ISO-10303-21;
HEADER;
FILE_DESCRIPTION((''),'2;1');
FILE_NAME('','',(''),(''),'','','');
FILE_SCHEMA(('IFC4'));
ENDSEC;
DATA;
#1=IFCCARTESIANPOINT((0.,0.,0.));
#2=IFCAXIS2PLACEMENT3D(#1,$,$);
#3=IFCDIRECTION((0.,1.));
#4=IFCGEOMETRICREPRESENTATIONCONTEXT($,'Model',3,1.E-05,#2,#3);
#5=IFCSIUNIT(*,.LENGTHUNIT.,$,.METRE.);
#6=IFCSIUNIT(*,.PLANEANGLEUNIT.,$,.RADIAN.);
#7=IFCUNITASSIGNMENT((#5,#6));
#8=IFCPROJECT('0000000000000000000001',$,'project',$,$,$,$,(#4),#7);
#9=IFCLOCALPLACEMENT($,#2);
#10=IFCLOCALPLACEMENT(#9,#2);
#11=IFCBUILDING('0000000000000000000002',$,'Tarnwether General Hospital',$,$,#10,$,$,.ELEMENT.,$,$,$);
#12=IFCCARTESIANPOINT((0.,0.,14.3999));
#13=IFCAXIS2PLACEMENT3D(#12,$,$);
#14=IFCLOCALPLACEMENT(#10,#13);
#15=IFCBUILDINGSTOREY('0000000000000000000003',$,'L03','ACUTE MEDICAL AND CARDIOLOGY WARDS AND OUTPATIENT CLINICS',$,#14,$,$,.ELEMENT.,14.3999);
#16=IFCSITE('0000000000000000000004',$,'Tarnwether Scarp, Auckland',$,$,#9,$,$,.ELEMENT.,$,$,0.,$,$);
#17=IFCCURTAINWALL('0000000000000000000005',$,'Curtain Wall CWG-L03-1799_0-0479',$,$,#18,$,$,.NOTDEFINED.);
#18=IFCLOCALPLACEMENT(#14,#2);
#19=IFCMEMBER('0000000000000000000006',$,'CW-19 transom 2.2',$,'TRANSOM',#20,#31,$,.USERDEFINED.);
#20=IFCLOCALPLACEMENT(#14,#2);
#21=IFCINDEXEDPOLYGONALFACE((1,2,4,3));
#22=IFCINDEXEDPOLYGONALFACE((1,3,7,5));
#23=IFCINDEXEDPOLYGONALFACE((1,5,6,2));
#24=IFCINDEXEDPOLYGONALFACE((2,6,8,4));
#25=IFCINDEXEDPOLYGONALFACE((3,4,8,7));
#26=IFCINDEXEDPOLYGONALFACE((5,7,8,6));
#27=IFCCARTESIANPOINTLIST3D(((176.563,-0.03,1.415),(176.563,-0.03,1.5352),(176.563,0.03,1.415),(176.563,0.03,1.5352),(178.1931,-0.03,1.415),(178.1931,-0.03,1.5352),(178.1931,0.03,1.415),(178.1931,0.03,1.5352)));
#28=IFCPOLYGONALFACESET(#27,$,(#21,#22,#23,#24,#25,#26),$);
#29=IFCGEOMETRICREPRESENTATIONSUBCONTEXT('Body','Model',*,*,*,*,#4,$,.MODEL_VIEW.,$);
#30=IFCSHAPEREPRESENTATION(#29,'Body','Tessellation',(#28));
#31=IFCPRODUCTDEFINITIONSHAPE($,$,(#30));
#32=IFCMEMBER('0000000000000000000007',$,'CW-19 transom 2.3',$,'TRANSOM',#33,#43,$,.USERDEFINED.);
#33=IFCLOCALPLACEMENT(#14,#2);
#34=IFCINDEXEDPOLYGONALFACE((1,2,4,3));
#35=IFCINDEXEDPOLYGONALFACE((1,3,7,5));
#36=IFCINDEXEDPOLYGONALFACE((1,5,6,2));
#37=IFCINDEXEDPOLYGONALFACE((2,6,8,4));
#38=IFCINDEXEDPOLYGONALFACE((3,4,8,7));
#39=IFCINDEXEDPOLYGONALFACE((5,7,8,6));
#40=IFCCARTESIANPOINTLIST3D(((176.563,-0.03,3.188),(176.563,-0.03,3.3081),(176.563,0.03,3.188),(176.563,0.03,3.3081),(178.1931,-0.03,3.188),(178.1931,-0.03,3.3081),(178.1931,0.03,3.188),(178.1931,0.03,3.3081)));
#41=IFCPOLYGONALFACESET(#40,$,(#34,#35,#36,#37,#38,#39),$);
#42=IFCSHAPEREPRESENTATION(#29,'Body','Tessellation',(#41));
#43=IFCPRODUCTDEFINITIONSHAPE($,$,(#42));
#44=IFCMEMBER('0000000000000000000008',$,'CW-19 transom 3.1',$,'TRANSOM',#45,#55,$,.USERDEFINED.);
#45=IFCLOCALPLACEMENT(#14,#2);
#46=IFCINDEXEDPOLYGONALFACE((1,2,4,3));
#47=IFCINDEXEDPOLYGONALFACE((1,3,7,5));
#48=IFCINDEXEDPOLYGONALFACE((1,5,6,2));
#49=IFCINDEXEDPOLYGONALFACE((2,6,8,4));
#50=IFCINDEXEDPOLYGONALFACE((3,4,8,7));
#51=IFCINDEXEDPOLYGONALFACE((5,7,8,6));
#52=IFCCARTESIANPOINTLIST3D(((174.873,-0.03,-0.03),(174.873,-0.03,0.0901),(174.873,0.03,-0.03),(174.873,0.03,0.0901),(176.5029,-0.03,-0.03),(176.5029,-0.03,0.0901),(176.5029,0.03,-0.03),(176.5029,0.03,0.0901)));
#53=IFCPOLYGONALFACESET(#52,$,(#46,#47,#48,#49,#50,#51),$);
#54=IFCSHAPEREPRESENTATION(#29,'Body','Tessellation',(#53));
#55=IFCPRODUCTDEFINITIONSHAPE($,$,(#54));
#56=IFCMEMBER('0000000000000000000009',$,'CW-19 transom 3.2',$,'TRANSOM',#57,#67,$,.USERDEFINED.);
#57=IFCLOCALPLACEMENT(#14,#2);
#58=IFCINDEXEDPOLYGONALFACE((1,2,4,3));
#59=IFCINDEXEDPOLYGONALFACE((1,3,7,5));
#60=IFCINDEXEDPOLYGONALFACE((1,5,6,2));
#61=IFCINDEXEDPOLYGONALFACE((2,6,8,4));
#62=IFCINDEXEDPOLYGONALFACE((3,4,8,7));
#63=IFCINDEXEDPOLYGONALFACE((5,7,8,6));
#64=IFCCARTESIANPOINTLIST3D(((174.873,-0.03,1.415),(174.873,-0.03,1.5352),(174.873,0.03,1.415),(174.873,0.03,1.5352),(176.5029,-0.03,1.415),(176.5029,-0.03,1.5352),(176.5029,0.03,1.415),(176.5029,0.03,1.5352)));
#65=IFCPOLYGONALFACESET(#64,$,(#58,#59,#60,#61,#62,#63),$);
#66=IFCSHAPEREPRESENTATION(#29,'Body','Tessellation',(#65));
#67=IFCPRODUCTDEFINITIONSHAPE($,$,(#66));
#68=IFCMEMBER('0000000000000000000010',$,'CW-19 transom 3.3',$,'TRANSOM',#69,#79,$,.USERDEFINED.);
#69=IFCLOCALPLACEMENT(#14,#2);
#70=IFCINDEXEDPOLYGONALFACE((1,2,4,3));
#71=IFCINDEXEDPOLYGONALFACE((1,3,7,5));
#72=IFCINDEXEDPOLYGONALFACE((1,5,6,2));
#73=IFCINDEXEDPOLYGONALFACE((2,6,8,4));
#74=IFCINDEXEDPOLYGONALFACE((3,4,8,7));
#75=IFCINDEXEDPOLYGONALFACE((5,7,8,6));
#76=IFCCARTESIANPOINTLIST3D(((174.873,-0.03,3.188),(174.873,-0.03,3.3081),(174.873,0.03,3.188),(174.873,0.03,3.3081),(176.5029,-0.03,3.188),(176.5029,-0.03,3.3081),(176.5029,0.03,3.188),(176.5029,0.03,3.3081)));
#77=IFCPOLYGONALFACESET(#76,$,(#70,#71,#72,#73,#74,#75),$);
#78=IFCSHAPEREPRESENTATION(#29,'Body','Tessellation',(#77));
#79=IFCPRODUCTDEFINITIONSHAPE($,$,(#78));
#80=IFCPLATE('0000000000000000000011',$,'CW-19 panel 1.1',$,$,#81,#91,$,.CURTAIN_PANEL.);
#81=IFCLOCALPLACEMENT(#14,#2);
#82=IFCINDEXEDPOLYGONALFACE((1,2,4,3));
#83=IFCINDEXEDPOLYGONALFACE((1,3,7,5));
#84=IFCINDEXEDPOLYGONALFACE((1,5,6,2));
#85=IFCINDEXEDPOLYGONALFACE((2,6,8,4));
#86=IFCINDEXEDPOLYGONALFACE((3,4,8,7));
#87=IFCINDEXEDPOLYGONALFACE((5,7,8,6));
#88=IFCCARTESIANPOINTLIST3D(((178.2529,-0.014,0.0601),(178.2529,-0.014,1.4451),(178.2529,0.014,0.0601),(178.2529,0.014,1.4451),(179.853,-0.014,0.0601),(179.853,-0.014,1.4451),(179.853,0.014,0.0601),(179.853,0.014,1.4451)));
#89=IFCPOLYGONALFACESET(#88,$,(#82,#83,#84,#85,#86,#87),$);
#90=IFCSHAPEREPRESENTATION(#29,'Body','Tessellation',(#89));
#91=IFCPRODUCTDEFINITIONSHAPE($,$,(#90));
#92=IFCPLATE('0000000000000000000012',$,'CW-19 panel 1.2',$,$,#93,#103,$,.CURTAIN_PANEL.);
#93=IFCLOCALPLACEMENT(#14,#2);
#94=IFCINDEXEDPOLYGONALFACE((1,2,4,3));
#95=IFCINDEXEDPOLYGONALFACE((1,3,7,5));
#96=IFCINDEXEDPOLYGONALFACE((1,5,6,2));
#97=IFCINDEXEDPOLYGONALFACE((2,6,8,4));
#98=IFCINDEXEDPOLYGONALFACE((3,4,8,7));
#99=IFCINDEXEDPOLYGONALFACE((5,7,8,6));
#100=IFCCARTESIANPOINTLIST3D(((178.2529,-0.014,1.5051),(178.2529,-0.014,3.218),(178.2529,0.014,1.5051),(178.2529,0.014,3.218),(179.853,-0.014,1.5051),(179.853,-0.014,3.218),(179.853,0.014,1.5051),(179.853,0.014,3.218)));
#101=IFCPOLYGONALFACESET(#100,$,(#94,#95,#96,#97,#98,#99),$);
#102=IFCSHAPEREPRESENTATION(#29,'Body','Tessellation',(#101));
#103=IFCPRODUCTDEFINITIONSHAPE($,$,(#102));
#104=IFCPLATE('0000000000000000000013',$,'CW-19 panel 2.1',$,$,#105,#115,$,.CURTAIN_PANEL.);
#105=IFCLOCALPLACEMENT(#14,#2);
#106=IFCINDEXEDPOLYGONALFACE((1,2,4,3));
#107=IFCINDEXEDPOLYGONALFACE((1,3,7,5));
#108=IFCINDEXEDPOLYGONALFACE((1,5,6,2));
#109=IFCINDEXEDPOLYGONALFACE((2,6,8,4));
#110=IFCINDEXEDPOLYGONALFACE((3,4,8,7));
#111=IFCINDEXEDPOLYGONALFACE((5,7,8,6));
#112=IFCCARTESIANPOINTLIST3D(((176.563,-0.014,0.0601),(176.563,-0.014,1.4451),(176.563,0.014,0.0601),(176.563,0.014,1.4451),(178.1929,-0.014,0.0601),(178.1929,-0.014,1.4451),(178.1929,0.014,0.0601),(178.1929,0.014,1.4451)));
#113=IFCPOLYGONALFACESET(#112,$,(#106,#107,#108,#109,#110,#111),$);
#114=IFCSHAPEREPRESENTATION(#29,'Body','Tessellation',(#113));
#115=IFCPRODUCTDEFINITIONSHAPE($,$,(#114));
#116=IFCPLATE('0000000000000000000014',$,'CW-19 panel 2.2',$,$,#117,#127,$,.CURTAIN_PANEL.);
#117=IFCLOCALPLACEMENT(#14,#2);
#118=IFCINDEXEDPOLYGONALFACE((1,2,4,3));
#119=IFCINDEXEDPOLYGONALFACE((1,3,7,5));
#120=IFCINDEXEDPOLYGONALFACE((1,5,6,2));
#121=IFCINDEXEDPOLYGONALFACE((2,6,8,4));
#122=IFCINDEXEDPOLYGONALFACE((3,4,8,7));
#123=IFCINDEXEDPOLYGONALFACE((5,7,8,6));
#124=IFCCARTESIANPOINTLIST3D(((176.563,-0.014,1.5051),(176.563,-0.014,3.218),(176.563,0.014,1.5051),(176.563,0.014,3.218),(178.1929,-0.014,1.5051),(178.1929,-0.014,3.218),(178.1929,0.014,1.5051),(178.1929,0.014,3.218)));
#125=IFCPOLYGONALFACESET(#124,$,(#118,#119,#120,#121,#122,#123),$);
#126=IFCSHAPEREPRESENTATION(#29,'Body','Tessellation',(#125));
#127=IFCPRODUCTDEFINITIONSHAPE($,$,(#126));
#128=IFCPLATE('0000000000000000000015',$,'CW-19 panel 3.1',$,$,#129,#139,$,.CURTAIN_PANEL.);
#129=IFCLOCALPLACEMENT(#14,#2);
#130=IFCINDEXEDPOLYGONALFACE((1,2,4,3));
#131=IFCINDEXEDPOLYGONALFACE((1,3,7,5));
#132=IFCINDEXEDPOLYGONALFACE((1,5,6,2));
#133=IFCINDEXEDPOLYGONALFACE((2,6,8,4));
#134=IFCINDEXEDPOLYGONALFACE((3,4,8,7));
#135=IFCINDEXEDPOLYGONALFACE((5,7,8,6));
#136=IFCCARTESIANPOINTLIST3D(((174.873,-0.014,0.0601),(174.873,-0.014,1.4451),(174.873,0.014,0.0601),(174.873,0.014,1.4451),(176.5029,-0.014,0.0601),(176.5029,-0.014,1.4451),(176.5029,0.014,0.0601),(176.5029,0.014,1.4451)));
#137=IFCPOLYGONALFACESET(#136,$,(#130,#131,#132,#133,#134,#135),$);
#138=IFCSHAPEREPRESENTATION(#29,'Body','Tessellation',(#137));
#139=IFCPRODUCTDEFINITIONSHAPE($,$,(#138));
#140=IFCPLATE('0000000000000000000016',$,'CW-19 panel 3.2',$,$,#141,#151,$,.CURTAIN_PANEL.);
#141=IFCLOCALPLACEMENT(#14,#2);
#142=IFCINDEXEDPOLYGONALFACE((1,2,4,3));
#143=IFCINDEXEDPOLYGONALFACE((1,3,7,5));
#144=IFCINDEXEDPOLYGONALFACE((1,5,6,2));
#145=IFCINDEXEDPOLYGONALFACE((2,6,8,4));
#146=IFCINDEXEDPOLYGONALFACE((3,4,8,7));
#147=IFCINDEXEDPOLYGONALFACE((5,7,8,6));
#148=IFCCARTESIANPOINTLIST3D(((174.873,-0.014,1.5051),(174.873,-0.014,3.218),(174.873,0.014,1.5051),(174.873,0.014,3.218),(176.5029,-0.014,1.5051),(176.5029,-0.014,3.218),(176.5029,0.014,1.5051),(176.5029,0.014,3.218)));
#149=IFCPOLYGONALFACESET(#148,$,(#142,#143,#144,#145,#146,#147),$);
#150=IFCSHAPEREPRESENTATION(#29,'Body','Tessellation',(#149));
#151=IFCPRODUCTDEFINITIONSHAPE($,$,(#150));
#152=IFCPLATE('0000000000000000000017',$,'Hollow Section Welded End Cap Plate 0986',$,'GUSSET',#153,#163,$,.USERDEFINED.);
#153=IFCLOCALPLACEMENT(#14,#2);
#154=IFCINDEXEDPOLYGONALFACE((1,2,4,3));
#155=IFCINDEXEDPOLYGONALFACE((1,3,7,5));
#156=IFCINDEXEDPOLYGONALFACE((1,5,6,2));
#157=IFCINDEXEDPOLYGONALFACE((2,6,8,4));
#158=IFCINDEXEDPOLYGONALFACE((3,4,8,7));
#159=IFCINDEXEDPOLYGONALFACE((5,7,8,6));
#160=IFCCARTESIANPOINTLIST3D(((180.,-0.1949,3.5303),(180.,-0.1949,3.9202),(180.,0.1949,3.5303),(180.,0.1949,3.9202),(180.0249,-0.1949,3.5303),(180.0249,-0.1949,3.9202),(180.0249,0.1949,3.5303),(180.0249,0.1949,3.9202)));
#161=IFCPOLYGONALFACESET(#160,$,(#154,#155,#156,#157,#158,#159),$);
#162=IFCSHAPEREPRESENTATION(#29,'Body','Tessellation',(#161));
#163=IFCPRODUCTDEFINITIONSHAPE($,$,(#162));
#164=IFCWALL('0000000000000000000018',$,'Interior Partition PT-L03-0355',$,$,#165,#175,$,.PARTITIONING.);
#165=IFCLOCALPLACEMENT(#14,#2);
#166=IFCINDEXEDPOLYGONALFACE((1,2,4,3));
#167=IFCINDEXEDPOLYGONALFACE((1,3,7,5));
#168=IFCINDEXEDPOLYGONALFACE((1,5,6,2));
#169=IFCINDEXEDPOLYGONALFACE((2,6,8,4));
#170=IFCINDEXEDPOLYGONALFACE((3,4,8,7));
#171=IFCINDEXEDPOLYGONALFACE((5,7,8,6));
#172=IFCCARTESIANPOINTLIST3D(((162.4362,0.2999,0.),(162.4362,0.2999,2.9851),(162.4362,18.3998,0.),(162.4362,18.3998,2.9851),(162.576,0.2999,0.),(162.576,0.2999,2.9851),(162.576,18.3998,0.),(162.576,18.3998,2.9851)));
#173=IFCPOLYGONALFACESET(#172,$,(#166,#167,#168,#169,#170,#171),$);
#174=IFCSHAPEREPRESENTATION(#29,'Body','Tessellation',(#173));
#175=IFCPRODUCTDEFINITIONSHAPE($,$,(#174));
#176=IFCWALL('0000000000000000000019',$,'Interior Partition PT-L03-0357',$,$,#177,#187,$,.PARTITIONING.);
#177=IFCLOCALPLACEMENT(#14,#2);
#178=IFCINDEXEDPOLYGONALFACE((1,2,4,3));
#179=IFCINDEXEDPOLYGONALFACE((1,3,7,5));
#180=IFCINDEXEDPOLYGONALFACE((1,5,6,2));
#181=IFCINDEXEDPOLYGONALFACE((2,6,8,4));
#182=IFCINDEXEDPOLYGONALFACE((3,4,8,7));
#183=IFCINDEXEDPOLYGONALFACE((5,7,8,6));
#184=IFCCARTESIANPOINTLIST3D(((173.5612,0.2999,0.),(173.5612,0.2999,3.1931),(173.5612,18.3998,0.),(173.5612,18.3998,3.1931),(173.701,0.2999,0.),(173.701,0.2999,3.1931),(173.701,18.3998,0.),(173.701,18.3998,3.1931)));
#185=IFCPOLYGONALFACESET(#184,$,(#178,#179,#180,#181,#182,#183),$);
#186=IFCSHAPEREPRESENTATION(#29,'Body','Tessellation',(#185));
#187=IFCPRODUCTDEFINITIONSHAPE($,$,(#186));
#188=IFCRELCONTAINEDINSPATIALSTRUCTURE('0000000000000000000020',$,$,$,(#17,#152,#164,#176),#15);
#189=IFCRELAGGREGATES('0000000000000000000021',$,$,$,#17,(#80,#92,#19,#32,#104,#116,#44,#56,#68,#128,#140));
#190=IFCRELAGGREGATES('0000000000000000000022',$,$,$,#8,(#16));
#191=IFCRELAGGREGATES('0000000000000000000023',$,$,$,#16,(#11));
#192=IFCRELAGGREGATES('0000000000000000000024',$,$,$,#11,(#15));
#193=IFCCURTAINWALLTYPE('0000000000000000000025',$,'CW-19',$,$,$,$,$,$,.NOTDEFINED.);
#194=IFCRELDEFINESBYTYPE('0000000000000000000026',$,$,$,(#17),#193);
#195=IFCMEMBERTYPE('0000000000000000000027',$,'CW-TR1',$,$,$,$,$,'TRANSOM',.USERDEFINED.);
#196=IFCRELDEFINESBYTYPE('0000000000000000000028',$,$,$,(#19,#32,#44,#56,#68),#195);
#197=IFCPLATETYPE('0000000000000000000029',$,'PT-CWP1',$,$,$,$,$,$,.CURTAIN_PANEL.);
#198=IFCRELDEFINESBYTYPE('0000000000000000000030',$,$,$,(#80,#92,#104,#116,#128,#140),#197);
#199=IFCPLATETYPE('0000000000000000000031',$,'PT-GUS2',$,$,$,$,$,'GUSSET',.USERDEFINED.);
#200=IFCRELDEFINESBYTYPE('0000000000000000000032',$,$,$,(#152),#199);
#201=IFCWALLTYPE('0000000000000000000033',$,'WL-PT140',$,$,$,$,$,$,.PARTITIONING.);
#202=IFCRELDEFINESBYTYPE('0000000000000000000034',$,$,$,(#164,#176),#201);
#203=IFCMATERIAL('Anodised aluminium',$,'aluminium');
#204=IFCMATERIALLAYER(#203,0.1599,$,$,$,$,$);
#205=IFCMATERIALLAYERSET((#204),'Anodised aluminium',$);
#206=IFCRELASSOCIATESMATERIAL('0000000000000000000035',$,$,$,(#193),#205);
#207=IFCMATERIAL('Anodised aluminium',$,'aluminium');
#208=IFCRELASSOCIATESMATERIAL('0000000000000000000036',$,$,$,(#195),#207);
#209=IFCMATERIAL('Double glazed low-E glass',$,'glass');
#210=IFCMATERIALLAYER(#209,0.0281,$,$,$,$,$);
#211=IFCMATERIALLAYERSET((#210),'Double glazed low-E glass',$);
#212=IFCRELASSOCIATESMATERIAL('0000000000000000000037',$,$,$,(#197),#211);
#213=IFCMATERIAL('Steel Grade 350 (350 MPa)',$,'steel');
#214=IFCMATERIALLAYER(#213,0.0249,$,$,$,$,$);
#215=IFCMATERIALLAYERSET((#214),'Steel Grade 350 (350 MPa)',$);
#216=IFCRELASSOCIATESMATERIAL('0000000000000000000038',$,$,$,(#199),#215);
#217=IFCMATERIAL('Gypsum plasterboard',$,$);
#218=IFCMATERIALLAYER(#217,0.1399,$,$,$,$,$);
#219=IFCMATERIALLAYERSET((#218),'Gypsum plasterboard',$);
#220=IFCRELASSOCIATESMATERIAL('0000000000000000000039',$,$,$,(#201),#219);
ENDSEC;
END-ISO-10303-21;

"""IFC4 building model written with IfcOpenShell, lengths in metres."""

from ifc_helpers import new_model, si_unit, direction, frame, frame_2d, origin, origin_2d, place, context, subcontext, project, spatial, rectangle, extrude, material, layer, layer_set, material_profile, profile_set, type_object, element, aggregate, save


model = new_model("IFC4")

# Units and contexts
model_context = context("Model", 3, precision=1e-05, world=origin(), true_north=direction((0.0, 1.0)))
body_context = subcontext(model_context, "Body", "Model", "MODEL_VIEW")
ifc_project = project(units=[si_unit("LENGTHUNIT", "METRE"), si_unit("PLANEANGLEUNIT", "RADIAN")], contexts=[model_context])

# Site, building, storey
site_placement = place(None, origin())
site = spatial("IfcSite", under=ifc_project, at=site_placement, Name="Tarnwether Scarp, Auckland", CompositionType="ELEMENT", RefElevation=0.0)
building_placement = place(site_placement, origin())
building = spatial("IfcBuilding", under=site, at=building_placement, Name="Tarnwether General Hospital", CompositionType="ELEMENT")
storey_placement = place(building_placement, frame((0.0, 0.0, 14.3999)))
storey = spatial("IfcBuildingStorey", under=building, at=storey_placement, Name="L03", Description="ACUTE MEDICAL AND CARDIOLOGY WARDS AND OUTPATIENT CLINICS", CompositionType="ELEMENT", Elevation=14.3999)

# Curtain wall, members, plates
ifc_material_1 = material(Name="Anodised aluminium", Category="aluminium")
ifc_layer_1 = layer(ifc_material_1, 0.1599)
ifc_layer_set_1 = layer_set([ifc_layer_1], Name="Anodised aluminium")
curtain_wall_type = type_object("IfcCurtainWallType", Name="CW-19", PredefinedType="NOTDEFINED", material=ifc_layer_set_1)
curtain_wall_placement = place(storey_placement, origin())
curtain_wall = element("IfcCurtainWall", 1, at=curtain_wall_placement, inside=storey, type_object=curtain_wall_type, Name="Curtain Wall CWG-L03-1799_0-0479", PredefinedType="NOTDEFINED")
ifc_material_2 = material(Name="Anodised aluminium", Category="aluminium")
ifc_material_profile_1 = material_profile(ifc_material_2, rectangle(XDim=0.0601, YDim=0.1201, at=origin_2d()), Name="ALU-TRN-60x120")
ifc_profile_set_1 = profile_set([ifc_material_profile_1], Name="Anodised aluminium")
member_type_1 = type_object("IfcMemberType", Name="CW-TR1", ElementType="TRANSOM", PredefinedType="USERDEFINED", material=ifc_profile_set_1)
member_1_placement = place(storey_placement, frame((178.1931, 0.0, 1.4751), z_axis=(-1.0, 0.0, 0.0), x_axis=(0.0, -1.0, 0.0)))
member_1 = element("IfcMember", 2, at=member_1_placement, type_object=member_type_1, Name="CW-19 transom 2.2", ObjectType="TRANSOM", PredefinedType="USERDEFINED", context=body_context, shape_type="SweptSolid", body=[
    extrude(rectangle(XDim=0.0601, YDim=0.1201, at=origin_2d()), origin(), (0.0, 0.0, 1.0), 1.6301),
])
member_2_placement = place(storey_placement, frame((178.1931, 0.0, 3.248), z_axis=(-1.0, 0.0, 0.0), x_axis=(0.0, -1.0, 0.0)))
member_2 = element("IfcMember", 3, at=member_2_placement, type_object=member_type_1, Name="CW-19 transom 2.3", ObjectType="TRANSOM", PredefinedType="USERDEFINED", context=body_context, shape_type="SweptSolid", body=[
    extrude(rectangle(XDim=0.0601, YDim=0.1201, at=origin_2d()), origin(), (0.0, 0.0, 1.0), 1.6301),
])
member_3_placement = place(storey_placement, frame((176.5029, 0.0, 0.03), z_axis=(-1.0, 0.0, 0.0), x_axis=(0.0, -1.0, 0.0)))
member_3 = element("IfcMember", 4, at=member_3_placement, type_object=member_type_1, Name="CW-19 transom 3.1", ObjectType="TRANSOM", PredefinedType="USERDEFINED", context=body_context, shape_type="SweptSolid", body=[
    extrude(rectangle(XDim=0.0601, YDim=0.1201, at=origin_2d()), origin(), (0.0, 0.0, 1.0), 1.6299),
])
member_4_placement = place(storey_placement, frame((176.5029, 0.0, 1.4751), z_axis=(-1.0, 0.0, 0.0), x_axis=(0.0, -1.0, 0.0)))
member_4 = element("IfcMember", 5, at=member_4_placement, type_object=member_type_1, Name="CW-19 transom 3.2", ObjectType="TRANSOM", PredefinedType="USERDEFINED", context=body_context, shape_type="SweptSolid", body=[
    extrude(rectangle(XDim=0.0601, YDim=0.1201, at=origin_2d()), origin(), (0.0, 0.0, 1.0), 1.6299),
])
member_5_placement = place(storey_placement, frame((176.5029, 0.0, 3.248), z_axis=(-1.0, 0.0, 0.0), x_axis=(0.0, -1.0, 0.0)))
member_5 = element("IfcMember", 6, at=member_5_placement, type_object=member_type_1, Name="CW-19 transom 3.3", ObjectType="TRANSOM", PredefinedType="USERDEFINED", context=body_context, shape_type="SweptSolid", body=[
    extrude(rectangle(XDim=0.0601, YDim=0.1201, at=origin_2d()), origin(), (0.0, 0.0, 1.0), 1.6299),
])
ifc_material_3 = material(Name="Double glazed low-E glass", Category="glass")
ifc_layer_2 = layer(ifc_material_3, 0.0281)
ifc_layer_set_2 = layer_set([ifc_layer_2], Name="Double glazed low-E glass")
plate_type_1 = type_object("IfcPlateType", Name="PT-CWP1", PredefinedType="CURTAIN_PANEL", material=ifc_layer_set_2)
plate_1_placement = place(storey_placement, frame((179.053, 0.0, 0.0601), z_axis=(0.0, 0.0, 1.0), x_axis=(-1.0, 0.0, 0.0)))
plate_1 = element("IfcPlate", 7, at=plate_1_placement, type_object=plate_type_1, Name="CW-19 panel 1.1", PredefinedType="CURTAIN_PANEL", context=body_context, shape_type="SweptSolid", body=[
    extrude(rectangle(XDim=1.6001, YDim=0.0281, at=origin_2d()), origin(), (0.0, 0.0, 1.0), 1.385),
])
plate_2_placement = place(storey_placement, frame((179.053, 0.0, 1.5051), z_axis=(0.0, 0.0, 1.0), x_axis=(-1.0, 0.0, 0.0)))
plate_2 = element("IfcPlate", 8, at=plate_2_placement, type_object=plate_type_1, Name="CW-19 panel 1.2", PredefinedType="CURTAIN_PANEL", context=body_context, shape_type="SweptSolid", body=[
    extrude(rectangle(XDim=1.6001, YDim=0.0281, at=origin_2d()), origin(), (0.0, 0.0, 1.0), 1.7129),
])
plate_3_placement = place(storey_placement, frame((177.3779, 0.0, 0.0601), z_axis=(0.0, 0.0, 1.0), x_axis=(-1.0, 0.0, 0.0)))
plate_3 = element("IfcPlate", 9, at=plate_3_placement, type_object=plate_type_1, Name="CW-19 panel 2.1", PredefinedType="CURTAIN_PANEL", context=body_context, shape_type="SweptSolid", body=[
    extrude(rectangle(XDim=1.6299, YDim=0.0281, at=origin_2d()), origin(), (0.0, 0.0, 1.0), 1.385),
])
plate_4_placement = place(storey_placement, frame((177.3779, 0.0, 1.5051), z_axis=(0.0, 0.0, 1.0), x_axis=(-1.0, 0.0, 0.0)))
plate_4 = element("IfcPlate", 10, at=plate_4_placement, type_object=plate_type_1, Name="CW-19 panel 2.2", PredefinedType="CURTAIN_PANEL", context=body_context, shape_type="SweptSolid", body=[
    extrude(rectangle(XDim=1.6299, YDim=0.0281, at=origin_2d()), origin(), (0.0, 0.0, 1.0), 1.7129),
])
plate_5_placement = place(storey_placement, frame((175.688, 0.0, 0.0601), z_axis=(0.0, 0.0, 1.0), x_axis=(-1.0, 0.0, 0.0)))
plate_5 = element("IfcPlate", 11, at=plate_5_placement, type_object=plate_type_1, Name="CW-19 panel 3.1", PredefinedType="CURTAIN_PANEL", context=body_context, shape_type="SweptSolid", body=[
    extrude(rectangle(XDim=1.6299, YDim=0.0281, at=origin_2d()), origin(), (0.0, 0.0, 1.0), 1.385),
])
plate_6_placement = place(storey_placement, frame((175.688, 0.0, 1.5051), z_axis=(0.0, 0.0, 1.0), x_axis=(-1.0, 0.0, 0.0)))
plate_6 = element("IfcPlate", 12, at=plate_6_placement, type_object=plate_type_1, Name="CW-19 panel 3.2", PredefinedType="CURTAIN_PANEL", context=body_context, shape_type="SweptSolid", body=[
    extrude(rectangle(XDim=1.6299, YDim=0.0281, at=origin_2d()), origin(), (0.0, 0.0, 1.0), 1.7129),
])
aggregate(curtain_wall, [plate_1, plate_2, member_1, member_2, plate_3, plate_4, member_3, member_4, member_5, plate_5, plate_6])

# Plate
ifc_material_4 = material(Name="Steel Grade 350 (350 MPa)", Category="steel")
ifc_layer_3 = layer(ifc_material_4, 0.0249)
ifc_layer_set_3 = layer_set([ifc_layer_3], Name="Steel Grade 350 (350 MPa)")
plate_type_2 = type_object("IfcPlateType", Name="PT-GUS2", ElementType="GUSSET", PredefinedType="USERDEFINED", material=ifc_layer_set_3)
plate_7_placement = place(storey_placement, frame((180.0125, 0.0, 3.5303), z_axis=(0.0, 0.0, 1.0), x_axis=(1.0, 0.0, 0.0)))
element("IfcPlate", 13, at=plate_7_placement, inside=storey, type_object=plate_type_2, Name="Hollow Section Welded End Cap Plate 0986", ObjectType="GUSSET", PredefinedType="USERDEFINED", context=body_context, shape_type="SweptSolid", body=[
    extrude(rectangle(XDim=0.0249, YDim=0.3899, at=origin_2d()), origin(), (0.0, 0.0, 1.0), 0.3899),
])

# Walls
ifc_material_5 = material(Name="Gypsum plasterboard")
ifc_layer_4 = layer(ifc_material_5, 0.1399)
ifc_layer_set_4 = layer_set([ifc_layer_4], Name="Gypsum plasterboard")
wall_type = type_object("IfcWallType", Name="WL-PT140", PredefinedType="PARTITIONING", material=ifc_layer_set_4)
wall_1_placement = place(storey_placement, frame((162.5061, 0.3, 0.0), z_axis=(0.0, 0.0, 1.0), x_axis=(0.0, 1.0, 0.0)))
element("IfcWall", 14, at=wall_1_placement, inside=storey, type_object=wall_type, Name="Interior Partition PT-L03-0355", PredefinedType="PARTITIONING", context=body_context, shape_type="SweptSolid", body=[
    extrude(rectangle(XDim=18.0999, YDim=0.1399, at=frame_2d((9.0498, 0.0))), origin(), (0.0, 0.0, 1.0), 2.9851),
])
wall_2_placement = place(storey_placement, frame((173.6311, 0.3, 0.0), z_axis=(0.0, 0.0, 1.0), x_axis=(0.0, 1.0, 0.0)))
element("IfcWall", 15, at=wall_2_placement, inside=storey, type_object=wall_type, Name="Interior Partition PT-L03-0357", PredefinedType="PARTITIONING", context=body_context, shape_type="SweptSolid", body=[
    extrude(rectangle(XDim=18.0999, YDim=0.1399, at=frame_2d((9.0498, 0.0))), origin(), (0.0, 0.0, 1.0), 3.1931),
])

save(model, "model.ifc")
